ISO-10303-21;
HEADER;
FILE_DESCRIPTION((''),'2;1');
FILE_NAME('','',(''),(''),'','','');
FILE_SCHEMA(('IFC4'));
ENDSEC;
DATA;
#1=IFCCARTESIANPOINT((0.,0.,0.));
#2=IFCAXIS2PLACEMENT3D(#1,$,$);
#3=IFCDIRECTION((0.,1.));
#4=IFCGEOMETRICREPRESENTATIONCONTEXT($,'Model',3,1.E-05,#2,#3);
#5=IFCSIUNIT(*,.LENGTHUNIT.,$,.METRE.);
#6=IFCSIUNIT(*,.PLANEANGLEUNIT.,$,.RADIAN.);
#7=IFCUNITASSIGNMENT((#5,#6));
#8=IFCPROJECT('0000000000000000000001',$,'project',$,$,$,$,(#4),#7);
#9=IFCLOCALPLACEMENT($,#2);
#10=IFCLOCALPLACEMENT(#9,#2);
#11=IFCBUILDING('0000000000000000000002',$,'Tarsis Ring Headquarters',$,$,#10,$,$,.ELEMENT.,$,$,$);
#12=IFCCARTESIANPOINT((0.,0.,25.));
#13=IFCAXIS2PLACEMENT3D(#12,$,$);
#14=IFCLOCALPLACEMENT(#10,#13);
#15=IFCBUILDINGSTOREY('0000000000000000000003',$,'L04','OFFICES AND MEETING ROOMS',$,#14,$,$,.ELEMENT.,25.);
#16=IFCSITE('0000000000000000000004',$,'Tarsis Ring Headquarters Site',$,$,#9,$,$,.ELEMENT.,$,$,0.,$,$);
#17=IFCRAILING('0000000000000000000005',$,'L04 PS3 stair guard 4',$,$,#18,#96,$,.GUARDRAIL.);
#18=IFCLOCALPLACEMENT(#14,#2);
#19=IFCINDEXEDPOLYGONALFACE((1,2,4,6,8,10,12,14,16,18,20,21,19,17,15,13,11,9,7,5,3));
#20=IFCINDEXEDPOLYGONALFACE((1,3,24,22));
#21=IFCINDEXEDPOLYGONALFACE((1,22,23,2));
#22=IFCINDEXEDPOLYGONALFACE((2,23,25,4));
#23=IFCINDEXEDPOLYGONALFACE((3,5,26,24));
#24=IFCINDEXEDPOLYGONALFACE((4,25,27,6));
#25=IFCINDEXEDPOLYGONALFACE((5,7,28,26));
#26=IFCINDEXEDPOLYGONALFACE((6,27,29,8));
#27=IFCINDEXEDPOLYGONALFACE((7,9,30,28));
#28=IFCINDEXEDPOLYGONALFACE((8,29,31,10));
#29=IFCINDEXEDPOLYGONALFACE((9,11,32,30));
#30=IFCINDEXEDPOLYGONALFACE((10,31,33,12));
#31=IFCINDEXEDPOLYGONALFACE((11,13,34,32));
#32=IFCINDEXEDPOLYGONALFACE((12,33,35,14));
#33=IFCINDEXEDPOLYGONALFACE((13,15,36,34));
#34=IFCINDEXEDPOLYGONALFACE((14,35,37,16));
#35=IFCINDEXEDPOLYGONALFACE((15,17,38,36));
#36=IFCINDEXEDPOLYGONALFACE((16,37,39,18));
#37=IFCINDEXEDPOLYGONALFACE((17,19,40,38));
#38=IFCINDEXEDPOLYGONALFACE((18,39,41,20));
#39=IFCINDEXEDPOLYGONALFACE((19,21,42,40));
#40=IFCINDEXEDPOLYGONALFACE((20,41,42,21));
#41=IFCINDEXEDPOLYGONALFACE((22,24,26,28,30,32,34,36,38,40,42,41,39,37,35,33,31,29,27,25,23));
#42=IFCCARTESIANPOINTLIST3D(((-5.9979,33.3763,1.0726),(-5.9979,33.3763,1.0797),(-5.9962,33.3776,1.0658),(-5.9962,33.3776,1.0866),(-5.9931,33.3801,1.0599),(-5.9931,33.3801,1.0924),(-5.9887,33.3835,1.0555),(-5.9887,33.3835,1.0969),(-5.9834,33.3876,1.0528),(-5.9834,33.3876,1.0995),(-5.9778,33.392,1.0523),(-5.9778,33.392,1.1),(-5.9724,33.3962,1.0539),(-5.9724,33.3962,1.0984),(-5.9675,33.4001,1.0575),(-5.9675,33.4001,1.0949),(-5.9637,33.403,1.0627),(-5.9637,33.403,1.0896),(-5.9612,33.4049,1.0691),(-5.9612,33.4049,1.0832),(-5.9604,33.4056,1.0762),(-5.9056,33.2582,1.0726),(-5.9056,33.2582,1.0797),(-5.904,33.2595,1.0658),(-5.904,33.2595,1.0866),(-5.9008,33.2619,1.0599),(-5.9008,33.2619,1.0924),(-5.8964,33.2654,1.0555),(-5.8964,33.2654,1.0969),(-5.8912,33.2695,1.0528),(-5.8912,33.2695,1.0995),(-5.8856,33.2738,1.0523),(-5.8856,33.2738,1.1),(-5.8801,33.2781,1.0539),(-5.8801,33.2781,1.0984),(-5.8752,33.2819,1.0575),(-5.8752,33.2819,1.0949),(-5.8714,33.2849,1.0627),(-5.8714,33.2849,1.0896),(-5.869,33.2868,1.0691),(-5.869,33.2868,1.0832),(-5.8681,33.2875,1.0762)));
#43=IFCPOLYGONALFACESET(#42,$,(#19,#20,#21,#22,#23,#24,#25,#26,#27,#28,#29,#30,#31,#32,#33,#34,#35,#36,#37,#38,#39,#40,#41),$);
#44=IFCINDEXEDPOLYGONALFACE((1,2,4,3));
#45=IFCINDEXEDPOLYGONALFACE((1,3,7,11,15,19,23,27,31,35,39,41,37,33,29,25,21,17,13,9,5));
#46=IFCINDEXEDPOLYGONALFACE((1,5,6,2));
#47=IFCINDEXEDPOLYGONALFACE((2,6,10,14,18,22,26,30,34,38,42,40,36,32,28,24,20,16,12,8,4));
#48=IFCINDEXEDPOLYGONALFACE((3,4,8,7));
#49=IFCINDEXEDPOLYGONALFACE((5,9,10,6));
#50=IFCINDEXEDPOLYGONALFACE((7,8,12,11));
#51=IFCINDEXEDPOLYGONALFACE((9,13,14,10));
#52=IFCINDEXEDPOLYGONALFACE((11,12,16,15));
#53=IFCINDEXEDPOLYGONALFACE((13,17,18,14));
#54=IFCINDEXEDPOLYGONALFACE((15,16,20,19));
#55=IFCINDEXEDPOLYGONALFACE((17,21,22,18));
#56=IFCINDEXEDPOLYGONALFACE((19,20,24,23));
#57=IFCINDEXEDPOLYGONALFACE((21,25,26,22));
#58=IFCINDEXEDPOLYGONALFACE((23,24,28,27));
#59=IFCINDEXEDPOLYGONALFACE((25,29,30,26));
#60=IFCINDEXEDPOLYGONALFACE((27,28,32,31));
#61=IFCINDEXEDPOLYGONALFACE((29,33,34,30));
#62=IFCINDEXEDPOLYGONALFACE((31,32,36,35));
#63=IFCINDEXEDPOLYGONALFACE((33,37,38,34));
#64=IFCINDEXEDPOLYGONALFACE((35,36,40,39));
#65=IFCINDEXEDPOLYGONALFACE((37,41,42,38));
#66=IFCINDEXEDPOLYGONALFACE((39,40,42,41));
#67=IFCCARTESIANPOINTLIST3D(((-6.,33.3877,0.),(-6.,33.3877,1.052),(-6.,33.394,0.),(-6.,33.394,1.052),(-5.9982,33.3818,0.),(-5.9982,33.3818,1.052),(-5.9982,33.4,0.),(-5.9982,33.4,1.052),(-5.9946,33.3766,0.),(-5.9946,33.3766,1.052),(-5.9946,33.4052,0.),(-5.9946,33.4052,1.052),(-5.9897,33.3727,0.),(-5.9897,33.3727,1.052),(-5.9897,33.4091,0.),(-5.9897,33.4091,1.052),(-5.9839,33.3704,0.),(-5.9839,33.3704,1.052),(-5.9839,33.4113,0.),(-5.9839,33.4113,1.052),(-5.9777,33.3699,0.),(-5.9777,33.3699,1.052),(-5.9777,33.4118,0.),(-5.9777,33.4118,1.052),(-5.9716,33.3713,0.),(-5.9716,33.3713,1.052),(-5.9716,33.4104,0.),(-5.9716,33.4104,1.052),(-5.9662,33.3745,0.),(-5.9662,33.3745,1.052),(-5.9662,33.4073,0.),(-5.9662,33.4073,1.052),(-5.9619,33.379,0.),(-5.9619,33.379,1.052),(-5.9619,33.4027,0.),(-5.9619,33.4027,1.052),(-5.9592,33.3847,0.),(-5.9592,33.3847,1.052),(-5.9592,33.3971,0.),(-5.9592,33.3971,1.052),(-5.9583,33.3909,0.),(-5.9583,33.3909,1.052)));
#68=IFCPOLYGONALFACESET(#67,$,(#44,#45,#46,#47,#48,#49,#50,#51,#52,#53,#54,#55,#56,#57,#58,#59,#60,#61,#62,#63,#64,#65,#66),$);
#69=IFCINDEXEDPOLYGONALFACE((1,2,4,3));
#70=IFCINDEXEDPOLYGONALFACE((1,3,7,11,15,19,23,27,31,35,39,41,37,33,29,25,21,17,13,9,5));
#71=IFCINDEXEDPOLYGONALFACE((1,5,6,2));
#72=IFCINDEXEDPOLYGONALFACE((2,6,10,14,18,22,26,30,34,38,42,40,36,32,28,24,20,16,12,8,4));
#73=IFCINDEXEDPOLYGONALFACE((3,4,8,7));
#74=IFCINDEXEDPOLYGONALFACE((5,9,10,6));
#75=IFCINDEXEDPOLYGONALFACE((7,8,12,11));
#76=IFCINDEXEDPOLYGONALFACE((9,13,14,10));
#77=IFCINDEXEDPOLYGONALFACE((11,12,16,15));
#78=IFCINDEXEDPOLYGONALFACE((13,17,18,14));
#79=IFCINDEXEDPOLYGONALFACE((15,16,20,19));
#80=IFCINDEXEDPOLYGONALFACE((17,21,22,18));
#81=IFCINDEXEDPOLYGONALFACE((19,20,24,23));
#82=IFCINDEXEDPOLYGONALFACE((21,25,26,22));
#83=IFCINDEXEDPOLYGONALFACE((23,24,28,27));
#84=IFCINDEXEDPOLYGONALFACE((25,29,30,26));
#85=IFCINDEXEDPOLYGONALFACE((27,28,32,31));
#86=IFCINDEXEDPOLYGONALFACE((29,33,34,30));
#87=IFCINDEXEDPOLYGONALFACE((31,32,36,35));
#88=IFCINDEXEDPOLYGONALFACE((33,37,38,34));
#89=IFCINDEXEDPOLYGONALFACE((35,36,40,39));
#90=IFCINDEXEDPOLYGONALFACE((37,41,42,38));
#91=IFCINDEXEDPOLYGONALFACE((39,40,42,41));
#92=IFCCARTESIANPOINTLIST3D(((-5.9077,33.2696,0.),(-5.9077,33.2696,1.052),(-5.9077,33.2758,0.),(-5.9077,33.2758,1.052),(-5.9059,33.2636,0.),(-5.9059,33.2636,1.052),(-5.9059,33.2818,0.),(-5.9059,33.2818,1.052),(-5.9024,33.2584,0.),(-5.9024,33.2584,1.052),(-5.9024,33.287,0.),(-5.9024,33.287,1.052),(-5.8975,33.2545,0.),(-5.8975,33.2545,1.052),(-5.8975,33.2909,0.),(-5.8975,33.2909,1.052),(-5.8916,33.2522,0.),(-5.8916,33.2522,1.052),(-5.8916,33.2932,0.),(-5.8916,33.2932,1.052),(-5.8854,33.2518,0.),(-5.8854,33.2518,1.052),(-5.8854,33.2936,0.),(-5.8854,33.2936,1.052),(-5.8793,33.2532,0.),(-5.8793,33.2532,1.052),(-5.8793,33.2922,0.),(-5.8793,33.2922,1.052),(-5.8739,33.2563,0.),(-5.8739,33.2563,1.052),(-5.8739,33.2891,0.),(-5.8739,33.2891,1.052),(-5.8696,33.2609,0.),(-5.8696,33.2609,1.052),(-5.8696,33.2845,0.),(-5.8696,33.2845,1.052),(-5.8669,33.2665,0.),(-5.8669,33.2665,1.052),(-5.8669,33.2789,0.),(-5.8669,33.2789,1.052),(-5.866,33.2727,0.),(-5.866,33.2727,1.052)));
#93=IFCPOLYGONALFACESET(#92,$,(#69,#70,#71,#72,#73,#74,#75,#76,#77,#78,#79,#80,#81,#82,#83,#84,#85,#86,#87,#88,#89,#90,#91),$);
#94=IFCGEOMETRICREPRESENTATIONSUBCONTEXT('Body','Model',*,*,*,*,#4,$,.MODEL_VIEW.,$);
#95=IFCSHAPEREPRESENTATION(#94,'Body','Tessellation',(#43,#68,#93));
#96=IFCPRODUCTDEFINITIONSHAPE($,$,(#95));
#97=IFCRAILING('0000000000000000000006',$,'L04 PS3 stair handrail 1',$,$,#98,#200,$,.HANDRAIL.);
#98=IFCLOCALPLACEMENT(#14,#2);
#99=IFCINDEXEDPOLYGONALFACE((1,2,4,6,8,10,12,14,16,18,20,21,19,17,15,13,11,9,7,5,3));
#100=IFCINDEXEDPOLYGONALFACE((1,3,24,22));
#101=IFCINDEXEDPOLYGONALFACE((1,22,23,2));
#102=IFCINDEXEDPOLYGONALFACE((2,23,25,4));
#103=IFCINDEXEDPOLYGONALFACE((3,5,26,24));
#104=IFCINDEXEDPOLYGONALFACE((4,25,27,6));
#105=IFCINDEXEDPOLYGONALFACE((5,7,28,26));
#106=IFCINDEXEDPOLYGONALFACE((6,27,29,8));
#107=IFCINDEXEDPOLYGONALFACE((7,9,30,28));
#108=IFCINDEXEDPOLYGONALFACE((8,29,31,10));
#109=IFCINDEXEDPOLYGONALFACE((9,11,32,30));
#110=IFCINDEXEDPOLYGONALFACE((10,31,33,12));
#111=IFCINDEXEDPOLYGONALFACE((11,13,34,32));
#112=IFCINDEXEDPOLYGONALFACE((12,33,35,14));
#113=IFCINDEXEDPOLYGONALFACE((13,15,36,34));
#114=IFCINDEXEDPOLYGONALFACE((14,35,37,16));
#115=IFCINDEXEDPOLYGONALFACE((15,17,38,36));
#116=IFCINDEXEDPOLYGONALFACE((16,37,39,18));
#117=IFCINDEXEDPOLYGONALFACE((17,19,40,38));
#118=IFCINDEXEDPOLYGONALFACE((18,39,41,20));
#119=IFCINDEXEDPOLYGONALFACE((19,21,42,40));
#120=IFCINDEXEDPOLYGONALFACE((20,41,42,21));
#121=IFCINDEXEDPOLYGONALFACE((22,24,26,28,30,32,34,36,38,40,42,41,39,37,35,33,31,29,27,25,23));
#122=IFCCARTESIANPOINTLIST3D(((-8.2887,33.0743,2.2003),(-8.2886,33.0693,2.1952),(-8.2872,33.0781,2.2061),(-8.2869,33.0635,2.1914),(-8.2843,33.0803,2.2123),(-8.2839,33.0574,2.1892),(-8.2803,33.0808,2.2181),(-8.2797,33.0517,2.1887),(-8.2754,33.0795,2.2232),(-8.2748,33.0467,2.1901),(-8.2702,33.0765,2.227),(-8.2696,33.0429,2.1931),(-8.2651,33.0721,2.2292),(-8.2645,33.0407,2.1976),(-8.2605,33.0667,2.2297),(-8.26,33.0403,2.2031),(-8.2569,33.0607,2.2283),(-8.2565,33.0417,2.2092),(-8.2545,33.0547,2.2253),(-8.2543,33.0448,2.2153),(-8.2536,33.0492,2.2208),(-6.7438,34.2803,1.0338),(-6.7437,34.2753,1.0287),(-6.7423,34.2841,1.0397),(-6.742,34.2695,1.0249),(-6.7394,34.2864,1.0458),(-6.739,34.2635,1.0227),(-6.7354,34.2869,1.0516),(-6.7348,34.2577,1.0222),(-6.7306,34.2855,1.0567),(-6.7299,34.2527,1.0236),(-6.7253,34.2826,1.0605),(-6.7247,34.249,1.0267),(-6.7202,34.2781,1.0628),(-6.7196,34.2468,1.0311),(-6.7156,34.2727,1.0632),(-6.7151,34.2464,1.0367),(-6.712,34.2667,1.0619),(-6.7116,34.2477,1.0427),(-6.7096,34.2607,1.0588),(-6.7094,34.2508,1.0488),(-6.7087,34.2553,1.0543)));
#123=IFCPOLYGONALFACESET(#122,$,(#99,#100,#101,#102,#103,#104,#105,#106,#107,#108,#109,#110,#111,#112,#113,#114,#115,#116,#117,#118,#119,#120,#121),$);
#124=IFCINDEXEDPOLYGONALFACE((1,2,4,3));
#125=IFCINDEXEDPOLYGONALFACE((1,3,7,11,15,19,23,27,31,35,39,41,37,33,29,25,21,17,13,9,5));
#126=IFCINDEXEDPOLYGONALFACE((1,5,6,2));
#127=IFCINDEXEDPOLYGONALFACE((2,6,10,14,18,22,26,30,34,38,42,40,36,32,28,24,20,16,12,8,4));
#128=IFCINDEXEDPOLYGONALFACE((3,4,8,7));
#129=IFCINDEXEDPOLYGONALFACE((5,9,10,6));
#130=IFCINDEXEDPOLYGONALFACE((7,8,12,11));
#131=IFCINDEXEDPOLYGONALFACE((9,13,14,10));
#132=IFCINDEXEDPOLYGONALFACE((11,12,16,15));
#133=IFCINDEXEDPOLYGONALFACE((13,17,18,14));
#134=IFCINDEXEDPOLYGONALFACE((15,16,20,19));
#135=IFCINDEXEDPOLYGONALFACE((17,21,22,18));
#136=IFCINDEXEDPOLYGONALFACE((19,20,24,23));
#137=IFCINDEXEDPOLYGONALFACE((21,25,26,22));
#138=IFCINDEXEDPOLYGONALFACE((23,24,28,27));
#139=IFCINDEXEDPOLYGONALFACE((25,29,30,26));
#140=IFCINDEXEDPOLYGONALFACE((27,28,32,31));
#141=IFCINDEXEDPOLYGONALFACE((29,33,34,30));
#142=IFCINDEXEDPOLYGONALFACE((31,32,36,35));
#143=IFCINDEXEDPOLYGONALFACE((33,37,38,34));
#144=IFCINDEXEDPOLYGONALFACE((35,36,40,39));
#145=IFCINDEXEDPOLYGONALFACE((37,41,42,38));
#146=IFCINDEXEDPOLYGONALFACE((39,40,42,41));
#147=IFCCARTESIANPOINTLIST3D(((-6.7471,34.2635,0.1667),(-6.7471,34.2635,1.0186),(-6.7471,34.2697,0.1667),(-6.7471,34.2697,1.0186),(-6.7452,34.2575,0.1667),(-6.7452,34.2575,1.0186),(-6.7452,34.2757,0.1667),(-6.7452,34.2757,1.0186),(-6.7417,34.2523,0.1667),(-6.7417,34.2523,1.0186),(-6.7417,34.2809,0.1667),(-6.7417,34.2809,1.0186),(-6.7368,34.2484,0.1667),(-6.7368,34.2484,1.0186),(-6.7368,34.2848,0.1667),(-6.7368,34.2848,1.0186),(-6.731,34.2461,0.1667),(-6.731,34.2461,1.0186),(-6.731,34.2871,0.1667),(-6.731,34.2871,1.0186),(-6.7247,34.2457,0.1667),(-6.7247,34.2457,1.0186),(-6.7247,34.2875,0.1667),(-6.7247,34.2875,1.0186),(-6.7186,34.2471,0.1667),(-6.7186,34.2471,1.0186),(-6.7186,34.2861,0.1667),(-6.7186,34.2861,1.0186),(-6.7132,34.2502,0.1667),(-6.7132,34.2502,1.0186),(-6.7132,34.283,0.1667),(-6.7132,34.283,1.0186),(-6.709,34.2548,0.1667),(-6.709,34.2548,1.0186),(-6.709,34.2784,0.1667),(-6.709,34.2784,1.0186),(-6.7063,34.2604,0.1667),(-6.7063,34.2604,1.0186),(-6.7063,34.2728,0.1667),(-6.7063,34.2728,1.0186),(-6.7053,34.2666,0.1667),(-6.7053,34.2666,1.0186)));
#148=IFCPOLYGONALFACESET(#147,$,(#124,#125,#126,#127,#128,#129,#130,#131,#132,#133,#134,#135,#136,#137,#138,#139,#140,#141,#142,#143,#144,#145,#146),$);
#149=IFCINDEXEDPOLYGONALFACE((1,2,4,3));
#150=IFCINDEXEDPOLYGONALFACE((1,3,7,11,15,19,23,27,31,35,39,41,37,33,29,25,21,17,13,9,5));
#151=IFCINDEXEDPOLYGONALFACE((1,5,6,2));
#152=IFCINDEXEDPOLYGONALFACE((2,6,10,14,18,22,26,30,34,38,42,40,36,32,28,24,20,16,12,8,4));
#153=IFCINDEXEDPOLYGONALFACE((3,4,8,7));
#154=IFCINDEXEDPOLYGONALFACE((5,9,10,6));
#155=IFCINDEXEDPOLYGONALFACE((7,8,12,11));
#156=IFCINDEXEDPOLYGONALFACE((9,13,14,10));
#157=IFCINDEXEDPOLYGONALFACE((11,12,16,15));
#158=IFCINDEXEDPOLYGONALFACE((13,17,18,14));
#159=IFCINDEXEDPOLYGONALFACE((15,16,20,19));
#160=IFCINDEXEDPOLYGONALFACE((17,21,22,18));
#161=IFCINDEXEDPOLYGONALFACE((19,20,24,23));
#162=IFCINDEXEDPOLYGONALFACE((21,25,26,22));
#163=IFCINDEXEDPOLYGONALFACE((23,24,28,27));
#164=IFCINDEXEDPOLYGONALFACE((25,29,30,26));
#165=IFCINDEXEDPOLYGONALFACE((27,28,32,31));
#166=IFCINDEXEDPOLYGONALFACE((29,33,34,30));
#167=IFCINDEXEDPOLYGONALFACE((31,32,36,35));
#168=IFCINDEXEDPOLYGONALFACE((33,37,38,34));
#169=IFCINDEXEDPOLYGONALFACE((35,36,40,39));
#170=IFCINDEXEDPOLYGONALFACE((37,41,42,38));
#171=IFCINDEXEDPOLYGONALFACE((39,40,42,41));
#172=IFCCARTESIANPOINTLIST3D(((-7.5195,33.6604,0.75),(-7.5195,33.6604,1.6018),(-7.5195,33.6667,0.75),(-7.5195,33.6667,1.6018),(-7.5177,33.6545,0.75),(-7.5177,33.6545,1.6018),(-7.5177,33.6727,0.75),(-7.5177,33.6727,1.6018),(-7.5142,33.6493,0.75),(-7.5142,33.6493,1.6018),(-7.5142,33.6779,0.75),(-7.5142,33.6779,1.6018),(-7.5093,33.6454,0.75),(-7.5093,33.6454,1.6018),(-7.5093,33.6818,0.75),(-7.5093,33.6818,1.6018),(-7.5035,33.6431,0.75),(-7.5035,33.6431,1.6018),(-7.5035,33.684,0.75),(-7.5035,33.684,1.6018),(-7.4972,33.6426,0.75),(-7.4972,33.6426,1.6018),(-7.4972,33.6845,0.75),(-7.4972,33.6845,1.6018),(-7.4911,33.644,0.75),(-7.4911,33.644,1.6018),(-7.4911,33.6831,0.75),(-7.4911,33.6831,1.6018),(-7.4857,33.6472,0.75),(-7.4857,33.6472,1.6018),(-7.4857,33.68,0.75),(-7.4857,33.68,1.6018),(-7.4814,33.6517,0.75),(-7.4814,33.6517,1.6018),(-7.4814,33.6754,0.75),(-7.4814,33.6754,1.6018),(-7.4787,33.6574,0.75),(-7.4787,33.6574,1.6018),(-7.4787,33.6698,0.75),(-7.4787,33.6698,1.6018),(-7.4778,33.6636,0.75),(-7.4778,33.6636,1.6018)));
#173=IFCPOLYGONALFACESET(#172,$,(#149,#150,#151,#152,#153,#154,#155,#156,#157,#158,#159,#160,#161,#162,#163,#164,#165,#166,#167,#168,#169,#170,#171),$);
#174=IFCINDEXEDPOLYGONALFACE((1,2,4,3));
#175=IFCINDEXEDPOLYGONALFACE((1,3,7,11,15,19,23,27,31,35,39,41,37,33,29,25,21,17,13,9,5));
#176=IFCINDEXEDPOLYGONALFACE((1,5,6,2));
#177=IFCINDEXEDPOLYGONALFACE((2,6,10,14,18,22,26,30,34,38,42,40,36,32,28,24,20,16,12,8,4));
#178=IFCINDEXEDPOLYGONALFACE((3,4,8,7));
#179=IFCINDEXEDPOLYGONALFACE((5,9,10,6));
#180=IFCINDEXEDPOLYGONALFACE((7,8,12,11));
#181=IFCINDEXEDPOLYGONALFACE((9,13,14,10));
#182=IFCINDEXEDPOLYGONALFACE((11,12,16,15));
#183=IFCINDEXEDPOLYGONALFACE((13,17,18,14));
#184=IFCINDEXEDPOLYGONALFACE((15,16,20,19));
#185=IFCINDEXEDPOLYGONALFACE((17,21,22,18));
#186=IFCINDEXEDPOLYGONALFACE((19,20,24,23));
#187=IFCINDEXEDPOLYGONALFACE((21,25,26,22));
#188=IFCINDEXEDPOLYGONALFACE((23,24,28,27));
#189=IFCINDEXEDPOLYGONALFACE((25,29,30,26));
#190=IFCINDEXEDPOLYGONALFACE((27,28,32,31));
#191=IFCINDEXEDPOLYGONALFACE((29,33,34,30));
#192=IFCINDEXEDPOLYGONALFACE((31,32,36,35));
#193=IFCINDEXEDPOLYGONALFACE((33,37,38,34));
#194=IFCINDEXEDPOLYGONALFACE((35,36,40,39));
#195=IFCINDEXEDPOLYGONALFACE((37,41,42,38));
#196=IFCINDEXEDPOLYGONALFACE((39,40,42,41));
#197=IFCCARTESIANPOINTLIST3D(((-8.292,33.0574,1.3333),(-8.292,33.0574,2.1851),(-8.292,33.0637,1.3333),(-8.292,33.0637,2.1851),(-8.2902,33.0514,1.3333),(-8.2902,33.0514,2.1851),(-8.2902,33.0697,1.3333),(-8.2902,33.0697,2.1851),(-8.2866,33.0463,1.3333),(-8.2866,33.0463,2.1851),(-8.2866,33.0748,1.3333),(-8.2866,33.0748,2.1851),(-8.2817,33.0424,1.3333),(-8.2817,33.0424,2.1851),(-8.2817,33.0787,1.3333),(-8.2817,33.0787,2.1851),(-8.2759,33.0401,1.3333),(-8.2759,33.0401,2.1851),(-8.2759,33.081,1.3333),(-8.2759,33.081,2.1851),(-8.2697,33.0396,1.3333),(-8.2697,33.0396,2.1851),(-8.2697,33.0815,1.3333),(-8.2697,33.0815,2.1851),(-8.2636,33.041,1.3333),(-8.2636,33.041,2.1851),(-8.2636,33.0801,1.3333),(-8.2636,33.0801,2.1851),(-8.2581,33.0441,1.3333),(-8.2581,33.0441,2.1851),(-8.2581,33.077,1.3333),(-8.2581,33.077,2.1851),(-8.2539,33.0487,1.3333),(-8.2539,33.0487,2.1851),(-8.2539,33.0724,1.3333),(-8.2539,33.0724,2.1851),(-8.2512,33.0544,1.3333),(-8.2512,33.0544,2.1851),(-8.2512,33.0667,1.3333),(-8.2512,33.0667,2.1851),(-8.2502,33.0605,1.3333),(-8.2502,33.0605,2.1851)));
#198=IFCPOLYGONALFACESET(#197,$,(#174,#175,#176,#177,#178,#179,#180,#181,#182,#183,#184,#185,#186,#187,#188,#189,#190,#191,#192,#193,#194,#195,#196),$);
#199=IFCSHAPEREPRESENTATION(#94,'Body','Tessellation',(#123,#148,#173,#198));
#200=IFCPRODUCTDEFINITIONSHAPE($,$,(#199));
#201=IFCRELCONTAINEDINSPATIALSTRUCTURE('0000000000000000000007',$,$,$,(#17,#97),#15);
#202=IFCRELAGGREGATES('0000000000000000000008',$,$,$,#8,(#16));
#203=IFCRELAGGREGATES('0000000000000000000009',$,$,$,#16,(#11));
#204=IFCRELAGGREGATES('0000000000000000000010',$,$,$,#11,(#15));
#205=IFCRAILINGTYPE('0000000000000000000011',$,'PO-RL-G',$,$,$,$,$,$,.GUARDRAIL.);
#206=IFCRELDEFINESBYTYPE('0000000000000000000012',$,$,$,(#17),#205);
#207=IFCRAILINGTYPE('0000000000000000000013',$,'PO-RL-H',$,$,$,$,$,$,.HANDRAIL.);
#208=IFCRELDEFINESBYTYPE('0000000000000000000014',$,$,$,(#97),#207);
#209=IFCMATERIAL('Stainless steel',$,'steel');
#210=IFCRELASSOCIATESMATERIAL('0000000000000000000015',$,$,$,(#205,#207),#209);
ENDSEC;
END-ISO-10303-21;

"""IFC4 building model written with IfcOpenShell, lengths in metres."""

from ifc_helpers import new_model, si_unit, direction, frame, origin, origin_2d, place, context, subcontext, project, spatial, circle, extrude, material, type_object, element, save


model = new_model("IFC4")

# Units and contexts
model_context = context("Model", 3, precision=1e-05, world=origin(), true_north=direction((0.0, 1.0)))
body_context = subcontext(model_context, "Body", "Model", "MODEL_VIEW")
ifc_project = project(units=[si_unit("LENGTHUNIT", "METRE"), si_unit("PLANEANGLEUNIT", "RADIAN")], contexts=[model_context])

# Site, building, storey
site_placement = place(None, origin())
site = spatial("IfcSite", under=ifc_project, at=site_placement, Name="Tarsis Ring Headquarters Site", CompositionType="ELEMENT", RefElevation=0.0)
building_placement = place(site_placement, origin())
building = spatial("IfcBuilding", under=site, at=building_placement, Name="Tarsis Ring Headquarters", CompositionType="ELEMENT")
storey_placement = place(building_placement, frame((0.0, 0.0, 25.0)))
storey = spatial("IfcBuildingStorey", under=building, at=storey_placement, Name="L04", Description="OFFICES AND MEETING ROOMS", CompositionType="ELEMENT", Elevation=25.0)

# Railings
ifc_material_1 = material(Name="Stainless steel", Category="steel")
railing_type_1 = type_object("IfcRailingType", Name="PO-RL-G", PredefinedType="GUARDRAIL", material=ifc_material_1)
railing_1_placement = place(storey_placement, frame((-5.9792, 33.3909, 0.0)))
element("IfcRailing", 1, at=railing_1_placement, inside=storey, type_object=railing_type_1, Name="L04 PS3 stair guard 4", PredefinedType="GUARDRAIL", context=body_context, shape_type="SweptSolid", body=[
    extrude(circle(Radius=0.0239, at=origin_2d()), frame((0.0, 0.0, 1.0762), z_axis=(0.615518, -0.788123, 0.0), x_axis=(0.788123, 0.615518, 0.0)), (0.0, 0.0, 1.0), 0.1499),
    extrude(circle(Radius=0.021, at=origin_2d()), origin(), (0.0, 0.0, 1.0), 1.052),
    extrude(circle(Radius=0.021, at=origin_2d()), frame((0.0923, -0.1182, 0.0)), (0.0, 0.0, 1.0), 1.052),
])
railing_type_2 = type_object("IfcRailingType", Name="PO-RL-H", PredefinedType="HANDRAIL", material=ifc_material_1)
railing_2_placement = place(storey_placement, frame((-6.7263, 34.2666, 0.1667)))
element("IfcRailing", 2, at=railing_2_placement, inside=storey, type_object=railing_type_2, Name="L04 PS3 stair handrail 1", PredefinedType="HANDRAIL", context=body_context, shape_type="SweptSolid", body=[
    extrude(circle(Radius=0.0239, at=origin_2d()), frame((0.0, 0.0, 0.876), z_axis=(-0.677357, -0.528784, 0.511443), x_axis=(0.615354, -0.788251, 0.0)), (0.0, 0.0, 1.0), 2.2808),
    extrude(circle(Radius=0.021, at=origin_2d()), origin(), (0.0, 0.0, 1.0), 0.8518),
    extrude(circle(Radius=0.021, at=origin_2d()), frame((-0.7725, -0.603, 0.5833)), (0.0, 0.0, 1.0), 0.8518),
    extrude(circle(Radius=0.021, at=origin_2d()), frame((-1.5449, -1.2061, 1.1665)), (0.0, 0.0, 1.0), 0.8518),
])

save(model, "model.ifc")
